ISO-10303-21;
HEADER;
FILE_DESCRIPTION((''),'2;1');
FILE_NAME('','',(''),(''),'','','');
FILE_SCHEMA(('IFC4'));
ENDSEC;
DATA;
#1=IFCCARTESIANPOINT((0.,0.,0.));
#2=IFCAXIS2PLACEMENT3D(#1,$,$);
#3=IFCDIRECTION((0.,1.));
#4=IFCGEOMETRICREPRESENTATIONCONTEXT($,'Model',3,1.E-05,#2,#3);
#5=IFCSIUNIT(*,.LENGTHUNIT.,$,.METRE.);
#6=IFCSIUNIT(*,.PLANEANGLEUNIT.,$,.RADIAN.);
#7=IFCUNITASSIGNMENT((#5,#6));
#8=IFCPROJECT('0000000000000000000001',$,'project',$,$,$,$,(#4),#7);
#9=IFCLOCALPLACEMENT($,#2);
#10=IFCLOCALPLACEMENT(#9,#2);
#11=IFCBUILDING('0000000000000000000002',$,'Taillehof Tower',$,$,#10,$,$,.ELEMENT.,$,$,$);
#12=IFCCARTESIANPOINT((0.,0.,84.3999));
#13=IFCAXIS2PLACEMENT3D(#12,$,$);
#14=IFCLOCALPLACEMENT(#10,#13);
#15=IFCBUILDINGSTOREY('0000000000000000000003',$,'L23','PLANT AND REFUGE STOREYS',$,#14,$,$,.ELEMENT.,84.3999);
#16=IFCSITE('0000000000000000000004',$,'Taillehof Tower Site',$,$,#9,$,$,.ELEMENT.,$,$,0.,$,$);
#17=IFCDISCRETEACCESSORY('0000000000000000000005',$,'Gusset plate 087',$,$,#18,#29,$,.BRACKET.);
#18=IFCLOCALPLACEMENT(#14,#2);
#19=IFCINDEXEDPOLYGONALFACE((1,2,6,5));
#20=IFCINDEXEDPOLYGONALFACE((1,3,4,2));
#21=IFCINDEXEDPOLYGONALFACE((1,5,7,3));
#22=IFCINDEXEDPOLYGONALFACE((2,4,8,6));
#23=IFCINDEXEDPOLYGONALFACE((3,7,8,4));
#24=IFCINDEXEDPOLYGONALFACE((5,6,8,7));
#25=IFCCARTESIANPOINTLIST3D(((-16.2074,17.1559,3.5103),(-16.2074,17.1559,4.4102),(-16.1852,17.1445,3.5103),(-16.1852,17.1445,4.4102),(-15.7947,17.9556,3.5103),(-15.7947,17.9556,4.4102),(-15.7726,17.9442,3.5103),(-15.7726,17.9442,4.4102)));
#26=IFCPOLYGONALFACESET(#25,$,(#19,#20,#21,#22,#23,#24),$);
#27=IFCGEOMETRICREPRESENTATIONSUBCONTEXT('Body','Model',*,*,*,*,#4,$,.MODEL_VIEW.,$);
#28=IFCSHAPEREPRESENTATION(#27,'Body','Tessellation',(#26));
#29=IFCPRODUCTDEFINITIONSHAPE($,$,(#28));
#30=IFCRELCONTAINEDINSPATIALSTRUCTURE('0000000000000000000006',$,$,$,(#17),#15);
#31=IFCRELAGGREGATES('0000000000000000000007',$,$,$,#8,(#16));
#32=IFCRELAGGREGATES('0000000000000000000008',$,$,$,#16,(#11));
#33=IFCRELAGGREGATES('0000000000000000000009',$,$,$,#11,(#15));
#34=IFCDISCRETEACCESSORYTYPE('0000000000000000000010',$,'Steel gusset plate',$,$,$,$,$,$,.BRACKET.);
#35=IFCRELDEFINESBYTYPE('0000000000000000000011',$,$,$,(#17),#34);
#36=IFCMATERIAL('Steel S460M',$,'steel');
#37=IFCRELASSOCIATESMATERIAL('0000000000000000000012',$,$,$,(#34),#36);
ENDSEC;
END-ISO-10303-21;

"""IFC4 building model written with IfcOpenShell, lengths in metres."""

from ifc_helpers import new_model, si_unit, direction, frame, origin, origin_2d, place, context, subcontext, project, spatial, rectangle, extrude, material, type_object, element, save


model = new_model("IFC4")

# Units and contexts
model_context = context("Model", 3, precision=1e-05, world=origin(), true_north=direction((0.0, 1.0)))
body_context = subcontext(model_context, "Body", "Model", "MODEL_VIEW")
ifc_project = project(units=[si_unit("LENGTHUNIT", "METRE"), si_unit("PLANEANGLEUNIT", "RADIAN")], contexts=[model_context])

# Site, building, storey
site_placement = place(None, origin())
site = spatial("IfcSite", under=ifc_project, at=site_placement, Name="Taillehof Tower Site", CompositionType="ELEMENT", RefElevation=0.0)
building_placement = place(site_placement, origin())
building = spatial("IfcBuilding", under=site, at=building_placement, Name="Taillehof Tower", CompositionType="ELEMENT")
storey_placement = place(building_placement, frame((0.0, 0.0, 84.3999)))
storey = spatial("IfcBuildingStorey", under=building, at=storey_placement, Name="L23", Description="PLANT AND REFUGE STOREYS", CompositionType="ELEMENT", Elevation=84.3999)

# Discrete accessory
ifc_material_1 = material(Name="Steel S460M", Category="steel")
discrete_accessory_type = type_object("IfcDiscreteAccessoryType", Name="Steel gusset plate", PredefinedType="BRACKET", material=ifc_material_1)
for number, where, z_axis, x_axis, name in (
    (1, (-15.99, 17.55, 3.5103), (0.0, 0.0, 1.0), (-0.458538, -0.888675, 0.0), "Gusset plate 087"),
):
    element("IfcDiscreteAccessory", number, at=place(storey_placement, frame(where, z_axis=z_axis, x_axis=x_axis)), inside=storey, type_object=discrete_accessory_type, Name=name, PredefinedType="BRACKET", context=body_context, shape_type="SweptSolid", body=[
        extrude(rectangle(XDim=0.8999, YDim=0.0249, at=origin_2d()), origin(), (0.0, 0.0, 1.0), 0.8999),
    ])

save(model, "model.ifc")
